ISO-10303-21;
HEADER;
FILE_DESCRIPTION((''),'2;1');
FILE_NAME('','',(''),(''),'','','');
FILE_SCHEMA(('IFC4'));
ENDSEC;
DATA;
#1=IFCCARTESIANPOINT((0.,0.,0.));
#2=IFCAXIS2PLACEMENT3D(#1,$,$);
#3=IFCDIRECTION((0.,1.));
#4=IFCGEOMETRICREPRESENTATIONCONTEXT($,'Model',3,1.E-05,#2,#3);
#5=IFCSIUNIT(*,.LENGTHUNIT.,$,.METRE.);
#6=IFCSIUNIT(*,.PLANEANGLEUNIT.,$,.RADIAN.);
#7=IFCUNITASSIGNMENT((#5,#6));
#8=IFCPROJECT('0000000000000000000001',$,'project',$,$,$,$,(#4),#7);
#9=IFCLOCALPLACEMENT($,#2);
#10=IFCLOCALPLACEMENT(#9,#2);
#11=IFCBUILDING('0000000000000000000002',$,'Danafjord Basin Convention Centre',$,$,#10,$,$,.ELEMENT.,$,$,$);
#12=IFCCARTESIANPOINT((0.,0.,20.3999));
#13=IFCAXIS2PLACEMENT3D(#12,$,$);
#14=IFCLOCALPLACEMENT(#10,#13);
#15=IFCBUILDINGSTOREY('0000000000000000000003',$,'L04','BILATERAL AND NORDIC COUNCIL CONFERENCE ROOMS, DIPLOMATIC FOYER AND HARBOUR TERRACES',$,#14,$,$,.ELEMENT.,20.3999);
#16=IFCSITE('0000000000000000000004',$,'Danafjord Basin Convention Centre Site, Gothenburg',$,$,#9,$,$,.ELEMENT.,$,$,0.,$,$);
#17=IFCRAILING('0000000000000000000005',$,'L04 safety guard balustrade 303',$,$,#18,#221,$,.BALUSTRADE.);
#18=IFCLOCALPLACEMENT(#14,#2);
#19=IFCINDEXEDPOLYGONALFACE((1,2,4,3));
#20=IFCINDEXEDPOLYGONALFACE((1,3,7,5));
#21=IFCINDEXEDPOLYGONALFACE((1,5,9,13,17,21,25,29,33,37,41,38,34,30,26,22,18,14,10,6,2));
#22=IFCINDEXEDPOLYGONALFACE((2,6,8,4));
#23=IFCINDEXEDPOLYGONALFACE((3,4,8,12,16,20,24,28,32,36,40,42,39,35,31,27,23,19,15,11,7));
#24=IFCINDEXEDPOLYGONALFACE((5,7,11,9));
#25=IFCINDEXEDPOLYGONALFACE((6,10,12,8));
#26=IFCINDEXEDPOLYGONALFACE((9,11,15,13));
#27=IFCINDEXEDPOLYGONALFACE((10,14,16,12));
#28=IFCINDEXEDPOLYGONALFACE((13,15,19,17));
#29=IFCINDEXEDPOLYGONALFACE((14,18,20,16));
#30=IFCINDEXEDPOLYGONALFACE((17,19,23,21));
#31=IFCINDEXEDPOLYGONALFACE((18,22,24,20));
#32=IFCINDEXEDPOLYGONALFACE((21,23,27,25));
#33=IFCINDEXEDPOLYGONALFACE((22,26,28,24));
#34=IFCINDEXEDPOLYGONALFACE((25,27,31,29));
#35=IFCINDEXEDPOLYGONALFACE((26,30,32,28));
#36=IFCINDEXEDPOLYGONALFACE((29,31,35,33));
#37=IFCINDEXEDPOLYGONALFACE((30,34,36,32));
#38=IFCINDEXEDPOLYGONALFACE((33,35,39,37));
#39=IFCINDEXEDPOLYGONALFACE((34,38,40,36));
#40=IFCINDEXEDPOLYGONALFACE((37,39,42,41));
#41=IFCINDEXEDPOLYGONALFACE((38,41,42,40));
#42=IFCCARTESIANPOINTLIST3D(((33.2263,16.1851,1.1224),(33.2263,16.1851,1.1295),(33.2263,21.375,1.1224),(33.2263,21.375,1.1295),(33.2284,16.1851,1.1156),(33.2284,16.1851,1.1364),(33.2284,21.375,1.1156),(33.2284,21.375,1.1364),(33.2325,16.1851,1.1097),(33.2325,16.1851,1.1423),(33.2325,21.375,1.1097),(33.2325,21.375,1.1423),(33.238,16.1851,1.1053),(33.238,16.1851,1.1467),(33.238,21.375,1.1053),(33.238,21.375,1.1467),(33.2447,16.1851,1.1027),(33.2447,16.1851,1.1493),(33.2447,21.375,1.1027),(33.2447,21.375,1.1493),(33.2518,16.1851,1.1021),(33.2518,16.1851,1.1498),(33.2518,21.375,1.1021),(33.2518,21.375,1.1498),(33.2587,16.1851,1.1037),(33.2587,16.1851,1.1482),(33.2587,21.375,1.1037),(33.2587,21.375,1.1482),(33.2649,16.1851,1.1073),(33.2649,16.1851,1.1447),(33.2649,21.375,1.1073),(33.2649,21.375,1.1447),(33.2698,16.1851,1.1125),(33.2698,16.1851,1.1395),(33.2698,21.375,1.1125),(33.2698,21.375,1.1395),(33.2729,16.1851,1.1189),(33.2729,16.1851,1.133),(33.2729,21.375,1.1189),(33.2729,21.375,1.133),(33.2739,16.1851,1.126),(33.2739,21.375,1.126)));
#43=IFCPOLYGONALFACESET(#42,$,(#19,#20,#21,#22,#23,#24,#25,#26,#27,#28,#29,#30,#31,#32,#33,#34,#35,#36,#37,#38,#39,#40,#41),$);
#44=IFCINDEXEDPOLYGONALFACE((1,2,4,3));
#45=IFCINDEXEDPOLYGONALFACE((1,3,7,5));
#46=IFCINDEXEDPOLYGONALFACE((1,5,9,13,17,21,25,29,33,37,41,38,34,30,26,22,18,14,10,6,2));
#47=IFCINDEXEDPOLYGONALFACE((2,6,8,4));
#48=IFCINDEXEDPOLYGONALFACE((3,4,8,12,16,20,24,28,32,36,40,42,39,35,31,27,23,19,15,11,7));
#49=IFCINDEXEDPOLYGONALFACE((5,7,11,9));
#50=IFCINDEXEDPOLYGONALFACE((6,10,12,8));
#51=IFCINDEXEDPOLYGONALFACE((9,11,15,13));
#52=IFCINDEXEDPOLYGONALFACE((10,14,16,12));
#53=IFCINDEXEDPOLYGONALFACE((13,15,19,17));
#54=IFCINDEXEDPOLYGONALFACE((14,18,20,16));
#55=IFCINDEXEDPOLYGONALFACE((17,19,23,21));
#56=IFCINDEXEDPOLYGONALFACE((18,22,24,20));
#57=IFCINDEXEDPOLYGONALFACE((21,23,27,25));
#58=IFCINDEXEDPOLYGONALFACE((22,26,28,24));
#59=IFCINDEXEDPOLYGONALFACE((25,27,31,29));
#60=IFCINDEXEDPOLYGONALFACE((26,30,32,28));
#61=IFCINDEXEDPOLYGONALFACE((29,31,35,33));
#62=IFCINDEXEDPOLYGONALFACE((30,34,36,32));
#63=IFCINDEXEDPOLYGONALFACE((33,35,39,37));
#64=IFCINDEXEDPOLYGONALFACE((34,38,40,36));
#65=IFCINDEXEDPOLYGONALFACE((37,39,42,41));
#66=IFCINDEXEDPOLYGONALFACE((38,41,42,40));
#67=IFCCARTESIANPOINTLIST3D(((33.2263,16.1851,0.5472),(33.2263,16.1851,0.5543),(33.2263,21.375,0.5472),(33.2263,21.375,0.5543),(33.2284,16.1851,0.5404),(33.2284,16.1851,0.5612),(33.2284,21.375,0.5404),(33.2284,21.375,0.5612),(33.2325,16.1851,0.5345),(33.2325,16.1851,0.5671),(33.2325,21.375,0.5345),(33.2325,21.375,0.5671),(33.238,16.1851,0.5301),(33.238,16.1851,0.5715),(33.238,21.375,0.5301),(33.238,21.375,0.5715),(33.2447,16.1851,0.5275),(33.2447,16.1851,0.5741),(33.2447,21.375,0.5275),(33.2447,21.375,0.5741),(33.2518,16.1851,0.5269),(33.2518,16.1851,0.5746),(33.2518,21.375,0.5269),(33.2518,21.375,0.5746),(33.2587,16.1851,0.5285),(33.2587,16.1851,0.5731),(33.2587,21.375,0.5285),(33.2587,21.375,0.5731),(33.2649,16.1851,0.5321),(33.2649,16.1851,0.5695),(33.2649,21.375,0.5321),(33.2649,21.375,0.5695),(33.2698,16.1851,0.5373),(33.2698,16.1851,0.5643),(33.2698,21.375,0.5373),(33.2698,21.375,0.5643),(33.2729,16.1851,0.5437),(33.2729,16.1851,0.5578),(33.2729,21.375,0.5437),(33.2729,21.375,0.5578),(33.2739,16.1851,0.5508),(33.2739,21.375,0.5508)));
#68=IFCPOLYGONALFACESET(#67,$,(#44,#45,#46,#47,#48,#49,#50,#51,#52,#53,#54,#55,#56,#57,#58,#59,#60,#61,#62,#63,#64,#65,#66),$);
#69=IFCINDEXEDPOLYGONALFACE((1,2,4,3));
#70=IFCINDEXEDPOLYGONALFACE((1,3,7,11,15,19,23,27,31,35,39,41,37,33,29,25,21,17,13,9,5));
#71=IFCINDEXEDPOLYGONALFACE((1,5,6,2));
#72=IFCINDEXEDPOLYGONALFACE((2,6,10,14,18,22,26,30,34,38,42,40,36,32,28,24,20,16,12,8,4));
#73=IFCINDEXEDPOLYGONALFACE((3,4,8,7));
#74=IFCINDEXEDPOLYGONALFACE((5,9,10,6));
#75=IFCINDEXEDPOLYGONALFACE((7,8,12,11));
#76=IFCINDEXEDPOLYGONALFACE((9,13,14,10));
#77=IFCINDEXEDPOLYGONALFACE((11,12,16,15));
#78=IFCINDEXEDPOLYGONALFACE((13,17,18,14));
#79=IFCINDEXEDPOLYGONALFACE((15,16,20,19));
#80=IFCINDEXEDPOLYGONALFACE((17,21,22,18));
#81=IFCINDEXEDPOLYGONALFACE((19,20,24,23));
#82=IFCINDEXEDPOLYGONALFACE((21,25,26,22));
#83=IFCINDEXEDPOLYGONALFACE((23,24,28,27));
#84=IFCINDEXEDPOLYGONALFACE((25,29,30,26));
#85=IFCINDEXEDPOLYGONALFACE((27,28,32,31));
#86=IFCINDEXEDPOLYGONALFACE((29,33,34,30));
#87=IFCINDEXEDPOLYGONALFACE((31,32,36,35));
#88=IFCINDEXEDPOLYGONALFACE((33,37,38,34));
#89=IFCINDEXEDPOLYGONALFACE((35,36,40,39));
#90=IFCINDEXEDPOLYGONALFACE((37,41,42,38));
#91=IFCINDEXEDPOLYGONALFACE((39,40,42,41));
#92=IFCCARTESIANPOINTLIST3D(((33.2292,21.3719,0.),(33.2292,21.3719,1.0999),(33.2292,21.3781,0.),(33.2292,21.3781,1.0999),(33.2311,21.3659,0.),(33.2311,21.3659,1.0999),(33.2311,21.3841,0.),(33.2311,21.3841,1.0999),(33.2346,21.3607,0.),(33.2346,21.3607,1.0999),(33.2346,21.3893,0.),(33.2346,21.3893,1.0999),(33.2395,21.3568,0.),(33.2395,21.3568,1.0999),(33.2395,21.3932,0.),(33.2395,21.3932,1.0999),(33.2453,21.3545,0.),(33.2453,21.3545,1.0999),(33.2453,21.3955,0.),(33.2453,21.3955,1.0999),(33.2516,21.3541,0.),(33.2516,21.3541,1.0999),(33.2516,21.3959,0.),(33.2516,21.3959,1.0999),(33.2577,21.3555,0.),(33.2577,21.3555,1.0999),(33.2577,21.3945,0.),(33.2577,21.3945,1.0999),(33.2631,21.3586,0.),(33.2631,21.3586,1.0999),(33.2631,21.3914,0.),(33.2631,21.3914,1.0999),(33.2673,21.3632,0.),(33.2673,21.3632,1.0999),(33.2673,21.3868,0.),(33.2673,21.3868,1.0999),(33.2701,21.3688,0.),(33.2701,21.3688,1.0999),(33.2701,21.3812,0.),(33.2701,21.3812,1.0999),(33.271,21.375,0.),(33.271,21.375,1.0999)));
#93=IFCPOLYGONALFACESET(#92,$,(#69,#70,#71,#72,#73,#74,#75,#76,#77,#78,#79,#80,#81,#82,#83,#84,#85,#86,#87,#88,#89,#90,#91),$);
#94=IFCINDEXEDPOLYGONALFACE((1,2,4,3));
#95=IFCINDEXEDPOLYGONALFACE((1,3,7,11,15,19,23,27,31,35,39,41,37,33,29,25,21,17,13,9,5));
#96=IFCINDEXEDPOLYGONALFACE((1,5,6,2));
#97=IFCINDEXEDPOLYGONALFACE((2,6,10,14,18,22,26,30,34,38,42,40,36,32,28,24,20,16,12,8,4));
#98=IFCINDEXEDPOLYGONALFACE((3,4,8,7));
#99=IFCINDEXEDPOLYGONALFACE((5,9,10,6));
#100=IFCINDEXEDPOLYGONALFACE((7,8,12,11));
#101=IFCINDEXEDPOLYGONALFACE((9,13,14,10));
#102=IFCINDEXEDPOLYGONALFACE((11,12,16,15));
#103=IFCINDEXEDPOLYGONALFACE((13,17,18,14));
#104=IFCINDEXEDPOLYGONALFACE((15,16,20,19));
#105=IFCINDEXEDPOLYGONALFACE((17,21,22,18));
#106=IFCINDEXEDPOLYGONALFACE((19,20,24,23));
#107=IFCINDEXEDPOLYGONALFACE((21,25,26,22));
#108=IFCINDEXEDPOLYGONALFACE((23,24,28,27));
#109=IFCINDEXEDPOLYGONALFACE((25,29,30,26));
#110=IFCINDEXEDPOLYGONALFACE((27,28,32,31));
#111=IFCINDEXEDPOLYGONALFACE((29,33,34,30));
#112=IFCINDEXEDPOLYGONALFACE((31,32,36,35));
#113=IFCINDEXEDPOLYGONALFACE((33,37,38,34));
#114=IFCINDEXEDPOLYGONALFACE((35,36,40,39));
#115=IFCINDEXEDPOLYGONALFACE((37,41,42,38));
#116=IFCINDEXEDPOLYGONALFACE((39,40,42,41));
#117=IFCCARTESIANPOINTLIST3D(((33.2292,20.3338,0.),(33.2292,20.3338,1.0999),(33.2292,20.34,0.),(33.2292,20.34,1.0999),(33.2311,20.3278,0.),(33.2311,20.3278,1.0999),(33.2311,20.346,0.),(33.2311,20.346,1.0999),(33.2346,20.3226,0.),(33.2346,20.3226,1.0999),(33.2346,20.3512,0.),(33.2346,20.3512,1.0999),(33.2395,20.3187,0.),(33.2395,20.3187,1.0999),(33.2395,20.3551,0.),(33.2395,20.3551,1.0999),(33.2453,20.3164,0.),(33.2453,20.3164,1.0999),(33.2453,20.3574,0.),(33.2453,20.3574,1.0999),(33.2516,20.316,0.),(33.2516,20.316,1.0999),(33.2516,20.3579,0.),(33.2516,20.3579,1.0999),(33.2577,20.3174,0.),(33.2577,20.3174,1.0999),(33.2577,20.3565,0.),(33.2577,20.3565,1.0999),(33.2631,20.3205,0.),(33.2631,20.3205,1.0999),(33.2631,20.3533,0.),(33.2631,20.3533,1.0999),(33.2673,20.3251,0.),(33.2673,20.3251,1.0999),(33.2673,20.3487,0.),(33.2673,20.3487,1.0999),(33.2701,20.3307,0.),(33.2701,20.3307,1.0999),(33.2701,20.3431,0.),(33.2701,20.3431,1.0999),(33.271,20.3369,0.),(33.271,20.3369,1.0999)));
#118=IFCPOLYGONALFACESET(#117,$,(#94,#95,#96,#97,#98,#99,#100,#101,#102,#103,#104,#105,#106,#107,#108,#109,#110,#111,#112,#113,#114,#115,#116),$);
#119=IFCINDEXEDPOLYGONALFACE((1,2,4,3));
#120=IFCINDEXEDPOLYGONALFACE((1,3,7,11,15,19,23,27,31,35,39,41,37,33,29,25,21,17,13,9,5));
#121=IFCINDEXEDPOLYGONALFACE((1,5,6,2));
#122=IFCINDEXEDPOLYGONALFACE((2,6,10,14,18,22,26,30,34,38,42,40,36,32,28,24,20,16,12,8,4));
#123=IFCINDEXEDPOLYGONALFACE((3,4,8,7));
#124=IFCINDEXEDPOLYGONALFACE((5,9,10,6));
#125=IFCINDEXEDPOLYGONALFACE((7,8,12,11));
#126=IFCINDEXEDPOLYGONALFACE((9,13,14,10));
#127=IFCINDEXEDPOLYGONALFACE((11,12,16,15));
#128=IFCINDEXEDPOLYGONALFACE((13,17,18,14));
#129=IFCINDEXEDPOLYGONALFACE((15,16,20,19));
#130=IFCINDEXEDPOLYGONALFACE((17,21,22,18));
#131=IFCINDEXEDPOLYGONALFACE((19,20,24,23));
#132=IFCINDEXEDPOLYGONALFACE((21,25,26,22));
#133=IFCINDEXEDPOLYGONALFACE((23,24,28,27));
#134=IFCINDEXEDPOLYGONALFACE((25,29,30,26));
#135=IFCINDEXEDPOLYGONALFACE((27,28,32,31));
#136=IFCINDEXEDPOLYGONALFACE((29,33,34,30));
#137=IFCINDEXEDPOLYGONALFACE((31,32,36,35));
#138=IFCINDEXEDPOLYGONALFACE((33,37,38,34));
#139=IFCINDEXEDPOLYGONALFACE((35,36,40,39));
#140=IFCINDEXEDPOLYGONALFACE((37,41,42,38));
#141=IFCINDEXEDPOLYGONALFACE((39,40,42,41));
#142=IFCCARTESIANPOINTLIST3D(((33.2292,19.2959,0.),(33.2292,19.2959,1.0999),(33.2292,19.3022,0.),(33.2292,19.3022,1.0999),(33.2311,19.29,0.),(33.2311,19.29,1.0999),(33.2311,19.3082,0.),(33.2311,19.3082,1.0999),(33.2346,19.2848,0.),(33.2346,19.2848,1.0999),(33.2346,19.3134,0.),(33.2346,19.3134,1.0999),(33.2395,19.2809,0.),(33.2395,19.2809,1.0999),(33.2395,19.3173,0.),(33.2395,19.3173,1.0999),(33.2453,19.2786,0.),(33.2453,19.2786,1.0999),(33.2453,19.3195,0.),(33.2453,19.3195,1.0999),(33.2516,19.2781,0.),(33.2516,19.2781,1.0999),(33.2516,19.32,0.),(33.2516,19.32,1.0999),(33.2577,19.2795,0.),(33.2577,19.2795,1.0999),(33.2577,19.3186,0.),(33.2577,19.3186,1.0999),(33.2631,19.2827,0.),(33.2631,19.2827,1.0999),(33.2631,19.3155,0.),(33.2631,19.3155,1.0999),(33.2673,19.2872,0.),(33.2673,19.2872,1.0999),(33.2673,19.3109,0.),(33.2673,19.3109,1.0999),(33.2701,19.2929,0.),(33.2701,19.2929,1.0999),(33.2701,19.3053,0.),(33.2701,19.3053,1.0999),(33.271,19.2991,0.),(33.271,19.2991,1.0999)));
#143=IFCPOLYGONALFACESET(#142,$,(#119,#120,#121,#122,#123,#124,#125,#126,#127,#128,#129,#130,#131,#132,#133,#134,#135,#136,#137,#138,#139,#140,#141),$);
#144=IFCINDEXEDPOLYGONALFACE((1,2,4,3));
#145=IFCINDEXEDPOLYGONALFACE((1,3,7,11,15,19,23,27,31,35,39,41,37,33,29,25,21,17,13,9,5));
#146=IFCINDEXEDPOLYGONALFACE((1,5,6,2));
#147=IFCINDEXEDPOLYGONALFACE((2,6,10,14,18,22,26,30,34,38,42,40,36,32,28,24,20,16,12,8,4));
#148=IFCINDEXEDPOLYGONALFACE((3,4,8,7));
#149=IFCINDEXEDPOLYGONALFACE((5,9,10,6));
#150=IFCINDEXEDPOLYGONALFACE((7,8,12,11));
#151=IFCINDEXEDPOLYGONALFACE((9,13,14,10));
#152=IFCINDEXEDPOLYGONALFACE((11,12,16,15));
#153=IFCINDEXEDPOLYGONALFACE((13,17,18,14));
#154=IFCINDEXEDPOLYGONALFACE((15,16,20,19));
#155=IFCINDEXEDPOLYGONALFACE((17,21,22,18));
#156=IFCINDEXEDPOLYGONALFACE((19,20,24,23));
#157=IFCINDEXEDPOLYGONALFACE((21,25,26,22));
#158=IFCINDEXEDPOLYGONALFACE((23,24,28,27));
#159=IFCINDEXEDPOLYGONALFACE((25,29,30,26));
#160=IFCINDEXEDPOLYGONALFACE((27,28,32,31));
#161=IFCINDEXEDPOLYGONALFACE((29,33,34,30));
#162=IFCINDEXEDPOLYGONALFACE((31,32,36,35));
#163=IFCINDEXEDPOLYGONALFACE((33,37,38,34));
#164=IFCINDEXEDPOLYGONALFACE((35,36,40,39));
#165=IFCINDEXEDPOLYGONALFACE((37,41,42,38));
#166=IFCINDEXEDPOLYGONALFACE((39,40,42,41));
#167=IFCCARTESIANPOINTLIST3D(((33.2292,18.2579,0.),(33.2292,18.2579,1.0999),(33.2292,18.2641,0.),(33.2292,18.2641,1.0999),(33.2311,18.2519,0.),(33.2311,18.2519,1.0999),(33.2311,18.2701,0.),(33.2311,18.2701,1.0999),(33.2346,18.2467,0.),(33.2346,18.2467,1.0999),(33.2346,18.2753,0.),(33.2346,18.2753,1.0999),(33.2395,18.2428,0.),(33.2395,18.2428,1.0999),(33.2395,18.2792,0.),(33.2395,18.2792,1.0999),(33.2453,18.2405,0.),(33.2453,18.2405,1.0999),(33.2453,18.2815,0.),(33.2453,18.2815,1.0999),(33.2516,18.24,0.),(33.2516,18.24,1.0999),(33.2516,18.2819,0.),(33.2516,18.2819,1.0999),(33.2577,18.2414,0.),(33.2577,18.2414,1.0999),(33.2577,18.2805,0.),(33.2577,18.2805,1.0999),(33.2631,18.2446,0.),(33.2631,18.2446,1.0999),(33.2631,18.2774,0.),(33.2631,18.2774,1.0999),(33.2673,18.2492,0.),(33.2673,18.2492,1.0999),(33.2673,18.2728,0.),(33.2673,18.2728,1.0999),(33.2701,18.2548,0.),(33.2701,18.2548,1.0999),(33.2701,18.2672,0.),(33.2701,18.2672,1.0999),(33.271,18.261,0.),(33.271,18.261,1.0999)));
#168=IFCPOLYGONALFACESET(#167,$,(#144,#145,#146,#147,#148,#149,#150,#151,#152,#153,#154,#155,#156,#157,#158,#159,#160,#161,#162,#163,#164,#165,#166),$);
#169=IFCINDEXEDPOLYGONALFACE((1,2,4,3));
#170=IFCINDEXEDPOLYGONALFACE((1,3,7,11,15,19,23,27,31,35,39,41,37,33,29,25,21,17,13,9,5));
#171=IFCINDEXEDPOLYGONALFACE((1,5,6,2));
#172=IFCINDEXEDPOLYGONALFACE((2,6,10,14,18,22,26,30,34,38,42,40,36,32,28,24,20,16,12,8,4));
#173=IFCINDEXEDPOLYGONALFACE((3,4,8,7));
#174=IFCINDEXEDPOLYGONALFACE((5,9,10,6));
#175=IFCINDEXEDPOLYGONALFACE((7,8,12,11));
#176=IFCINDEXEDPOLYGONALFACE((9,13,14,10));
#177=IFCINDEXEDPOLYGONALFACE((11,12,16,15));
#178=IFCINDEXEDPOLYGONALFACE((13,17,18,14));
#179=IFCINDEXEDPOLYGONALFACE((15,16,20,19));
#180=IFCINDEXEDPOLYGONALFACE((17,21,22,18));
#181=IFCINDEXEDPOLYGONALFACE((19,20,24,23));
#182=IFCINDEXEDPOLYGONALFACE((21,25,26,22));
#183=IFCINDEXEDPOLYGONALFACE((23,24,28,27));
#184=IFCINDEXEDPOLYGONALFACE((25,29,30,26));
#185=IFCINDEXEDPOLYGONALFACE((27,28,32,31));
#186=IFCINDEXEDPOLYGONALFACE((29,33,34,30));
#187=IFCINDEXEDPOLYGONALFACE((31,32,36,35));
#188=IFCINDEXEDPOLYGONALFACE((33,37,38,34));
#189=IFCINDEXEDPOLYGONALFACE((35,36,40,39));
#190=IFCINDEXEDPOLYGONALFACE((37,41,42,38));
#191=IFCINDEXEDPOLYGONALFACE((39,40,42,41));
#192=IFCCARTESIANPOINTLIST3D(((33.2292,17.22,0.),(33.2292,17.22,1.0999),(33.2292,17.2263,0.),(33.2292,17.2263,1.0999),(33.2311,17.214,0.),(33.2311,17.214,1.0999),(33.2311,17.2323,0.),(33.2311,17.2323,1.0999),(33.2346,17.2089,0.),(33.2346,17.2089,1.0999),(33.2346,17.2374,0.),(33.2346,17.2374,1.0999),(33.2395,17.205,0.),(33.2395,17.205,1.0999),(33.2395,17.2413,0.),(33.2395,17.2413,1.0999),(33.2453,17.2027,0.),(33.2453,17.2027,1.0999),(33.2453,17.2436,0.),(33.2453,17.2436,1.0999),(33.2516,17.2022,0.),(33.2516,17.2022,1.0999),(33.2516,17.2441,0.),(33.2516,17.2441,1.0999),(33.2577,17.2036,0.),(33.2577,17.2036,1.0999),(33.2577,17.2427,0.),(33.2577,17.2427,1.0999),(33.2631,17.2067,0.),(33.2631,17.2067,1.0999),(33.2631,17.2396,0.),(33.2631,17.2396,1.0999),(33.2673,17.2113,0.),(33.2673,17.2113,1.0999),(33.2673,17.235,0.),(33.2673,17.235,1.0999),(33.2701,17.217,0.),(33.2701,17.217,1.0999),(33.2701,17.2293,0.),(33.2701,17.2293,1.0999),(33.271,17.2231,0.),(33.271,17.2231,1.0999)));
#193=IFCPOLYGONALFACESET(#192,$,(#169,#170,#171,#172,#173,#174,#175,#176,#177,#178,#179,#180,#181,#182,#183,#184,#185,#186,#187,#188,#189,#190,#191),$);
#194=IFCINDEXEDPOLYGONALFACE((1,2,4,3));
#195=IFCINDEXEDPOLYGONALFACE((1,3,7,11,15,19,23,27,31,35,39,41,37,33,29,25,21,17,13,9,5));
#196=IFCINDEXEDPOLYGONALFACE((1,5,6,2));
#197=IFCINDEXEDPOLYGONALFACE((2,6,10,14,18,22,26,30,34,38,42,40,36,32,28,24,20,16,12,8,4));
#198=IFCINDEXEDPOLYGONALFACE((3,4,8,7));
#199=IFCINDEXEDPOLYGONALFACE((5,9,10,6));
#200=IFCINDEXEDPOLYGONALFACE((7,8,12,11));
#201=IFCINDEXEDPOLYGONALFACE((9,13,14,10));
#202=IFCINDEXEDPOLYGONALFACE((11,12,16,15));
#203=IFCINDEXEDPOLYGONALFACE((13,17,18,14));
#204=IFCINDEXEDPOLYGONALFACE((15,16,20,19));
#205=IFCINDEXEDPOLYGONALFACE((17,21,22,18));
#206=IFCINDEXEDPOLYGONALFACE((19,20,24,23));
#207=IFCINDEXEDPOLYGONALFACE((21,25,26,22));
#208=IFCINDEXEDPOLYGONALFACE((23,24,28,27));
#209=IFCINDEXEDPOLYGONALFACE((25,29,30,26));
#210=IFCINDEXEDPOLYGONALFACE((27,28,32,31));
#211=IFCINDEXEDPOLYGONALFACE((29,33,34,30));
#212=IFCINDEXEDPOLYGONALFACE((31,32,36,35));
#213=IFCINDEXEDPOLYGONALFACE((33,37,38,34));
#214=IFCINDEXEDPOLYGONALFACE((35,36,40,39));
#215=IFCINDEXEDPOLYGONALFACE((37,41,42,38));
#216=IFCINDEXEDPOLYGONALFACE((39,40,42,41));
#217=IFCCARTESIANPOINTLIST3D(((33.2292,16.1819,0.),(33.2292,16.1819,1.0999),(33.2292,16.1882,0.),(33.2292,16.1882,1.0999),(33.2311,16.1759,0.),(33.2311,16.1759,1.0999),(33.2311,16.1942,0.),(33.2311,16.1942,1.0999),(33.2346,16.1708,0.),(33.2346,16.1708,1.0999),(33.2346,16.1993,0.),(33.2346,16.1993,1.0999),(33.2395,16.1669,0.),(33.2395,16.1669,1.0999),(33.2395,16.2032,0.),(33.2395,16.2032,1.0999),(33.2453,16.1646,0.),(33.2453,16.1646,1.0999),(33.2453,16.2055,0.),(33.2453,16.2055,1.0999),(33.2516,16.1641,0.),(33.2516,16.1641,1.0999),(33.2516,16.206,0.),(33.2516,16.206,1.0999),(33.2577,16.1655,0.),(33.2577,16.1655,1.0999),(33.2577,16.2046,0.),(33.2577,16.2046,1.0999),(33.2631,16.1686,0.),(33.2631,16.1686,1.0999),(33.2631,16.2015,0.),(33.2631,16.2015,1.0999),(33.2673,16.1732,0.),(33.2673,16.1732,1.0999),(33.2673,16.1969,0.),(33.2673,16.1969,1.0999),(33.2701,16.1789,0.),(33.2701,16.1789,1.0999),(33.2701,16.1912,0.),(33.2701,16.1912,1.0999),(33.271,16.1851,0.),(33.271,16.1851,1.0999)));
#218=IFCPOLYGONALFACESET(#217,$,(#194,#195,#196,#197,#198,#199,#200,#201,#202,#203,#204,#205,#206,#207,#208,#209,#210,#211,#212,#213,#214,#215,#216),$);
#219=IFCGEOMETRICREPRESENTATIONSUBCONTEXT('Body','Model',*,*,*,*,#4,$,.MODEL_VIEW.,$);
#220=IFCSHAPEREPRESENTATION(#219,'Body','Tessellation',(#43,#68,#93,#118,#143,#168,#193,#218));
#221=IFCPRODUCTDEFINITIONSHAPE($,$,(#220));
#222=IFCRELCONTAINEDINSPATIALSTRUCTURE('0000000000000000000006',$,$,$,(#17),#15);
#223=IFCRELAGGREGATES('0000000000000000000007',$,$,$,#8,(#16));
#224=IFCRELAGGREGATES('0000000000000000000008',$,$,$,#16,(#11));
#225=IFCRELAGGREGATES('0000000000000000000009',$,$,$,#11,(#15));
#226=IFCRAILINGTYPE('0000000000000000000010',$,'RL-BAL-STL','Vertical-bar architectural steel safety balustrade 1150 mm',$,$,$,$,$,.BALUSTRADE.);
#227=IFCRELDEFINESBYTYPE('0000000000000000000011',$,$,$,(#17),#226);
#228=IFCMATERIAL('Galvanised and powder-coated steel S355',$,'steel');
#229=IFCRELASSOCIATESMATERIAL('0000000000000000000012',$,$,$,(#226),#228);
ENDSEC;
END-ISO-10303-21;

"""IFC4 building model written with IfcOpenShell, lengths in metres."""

from ifc_helpers import new_model, si_unit, direction, frame, origin, origin_2d, place, context, subcontext, project, spatial, circle, extrude, material, type_object, element, save


model = new_model("IFC4")

# Units and contexts
model_context = context("Model", 3, precision=1e-05, world=origin(), true_north=direction((0.0, 1.0)))
body_context = subcontext(model_context, "Body", "Model", "MODEL_VIEW")
ifc_project = project(units=[si_unit("LENGTHUNIT", "METRE"), si_unit("PLANEANGLEUNIT", "RADIAN")], contexts=[model_context])

# Site, building, storey
site_placement = place(None, origin())
site = spatial("IfcSite", under=ifc_project, at=site_placement, Name="Danafjord Basin Convention Centre Site, Gothenburg", CompositionType="ELEMENT", RefElevation=0.0)
building_placement = place(site_placement, origin())
building = spatial("IfcBuilding", under=site, at=building_placement, Name="Danafjord Basin Convention Centre", CompositionType="ELEMENT")
storey_placement = place(building_placement, frame((0.0, 0.0, 20.3999)))
storey = spatial("IfcBuildingStorey", under=building, at=storey_placement, Name="L04", Description="BILATERAL AND NORDIC COUNCIL CONFERENCE ROOMS, DIPLOMATIC FOYER AND HARBOUR TERRACES", CompositionType="ELEMENT", Elevation=20.3999)

# Railing
ifc_material_1 = material(Name="Galvanised and powder-coated steel S355", Category="steel")
railing_type_1 = type_object("IfcRailingType", Name="RL-BAL-STL", Description="Vertical-bar architectural steel safety balustrade 1150 mm", PredefinedType="BALUSTRADE", material=ifc_material_1)
railing_1_placement = place(storey_placement, frame((33.25, 21.375, 0.0)))
element("IfcRailing", 1, at=railing_1_placement, inside=storey, type_object=railing_type_1, Name="L04 safety guard balustrade 303", PredefinedType="BALUSTRADE", context=body_context, shape_type="SweptSolid", body=[
    extrude(circle(Radius=0.0239, at=origin_2d()), frame((0.0, 0.0, 1.126), z_axis=(0.0, -1.0, 0.0), x_axis=(1.0, 0.0, 0.0)), (0.0, 0.0, 1.0), 5.1899),
    extrude(circle(Radius=0.0239, at=origin_2d()), frame((0.0, 0.0, 0.5508), z_axis=(0.0, -1.0, 0.0), x_axis=(1.0, 0.0, 0.0)), (0.0, 0.0, 1.0), 5.1899),
    extrude(circle(Radius=0.021, at=origin_2d()), origin(), (0.0, 0.0, 1.0), 1.0999),
    extrude(circle(Radius=0.021, at=origin_2d()), frame((0.0, -1.0381, 0.0)), (0.0, 0.0, 1.0), 1.0999),
    extrude(circle(Radius=0.021, at=origin_2d()), frame((0.0, -2.0759, 0.0)), (0.0, 0.0, 1.0), 1.0999),
    extrude(circle(Radius=0.021, at=origin_2d()), frame((0.0, -3.114, 0.0)), (0.0, 0.0, 1.0), 1.0999),
    extrude(circle(Radius=0.021, at=origin_2d()), frame((0.0, -4.1519, 0.0)), (0.0, 0.0, 1.0), 1.0999),
    extrude(circle(Radius=0.021, at=origin_2d()), frame((0.0, -5.1899, 0.0)), (0.0, 0.0, 1.0), 1.0999),
])

save(model, "model.ifc")
